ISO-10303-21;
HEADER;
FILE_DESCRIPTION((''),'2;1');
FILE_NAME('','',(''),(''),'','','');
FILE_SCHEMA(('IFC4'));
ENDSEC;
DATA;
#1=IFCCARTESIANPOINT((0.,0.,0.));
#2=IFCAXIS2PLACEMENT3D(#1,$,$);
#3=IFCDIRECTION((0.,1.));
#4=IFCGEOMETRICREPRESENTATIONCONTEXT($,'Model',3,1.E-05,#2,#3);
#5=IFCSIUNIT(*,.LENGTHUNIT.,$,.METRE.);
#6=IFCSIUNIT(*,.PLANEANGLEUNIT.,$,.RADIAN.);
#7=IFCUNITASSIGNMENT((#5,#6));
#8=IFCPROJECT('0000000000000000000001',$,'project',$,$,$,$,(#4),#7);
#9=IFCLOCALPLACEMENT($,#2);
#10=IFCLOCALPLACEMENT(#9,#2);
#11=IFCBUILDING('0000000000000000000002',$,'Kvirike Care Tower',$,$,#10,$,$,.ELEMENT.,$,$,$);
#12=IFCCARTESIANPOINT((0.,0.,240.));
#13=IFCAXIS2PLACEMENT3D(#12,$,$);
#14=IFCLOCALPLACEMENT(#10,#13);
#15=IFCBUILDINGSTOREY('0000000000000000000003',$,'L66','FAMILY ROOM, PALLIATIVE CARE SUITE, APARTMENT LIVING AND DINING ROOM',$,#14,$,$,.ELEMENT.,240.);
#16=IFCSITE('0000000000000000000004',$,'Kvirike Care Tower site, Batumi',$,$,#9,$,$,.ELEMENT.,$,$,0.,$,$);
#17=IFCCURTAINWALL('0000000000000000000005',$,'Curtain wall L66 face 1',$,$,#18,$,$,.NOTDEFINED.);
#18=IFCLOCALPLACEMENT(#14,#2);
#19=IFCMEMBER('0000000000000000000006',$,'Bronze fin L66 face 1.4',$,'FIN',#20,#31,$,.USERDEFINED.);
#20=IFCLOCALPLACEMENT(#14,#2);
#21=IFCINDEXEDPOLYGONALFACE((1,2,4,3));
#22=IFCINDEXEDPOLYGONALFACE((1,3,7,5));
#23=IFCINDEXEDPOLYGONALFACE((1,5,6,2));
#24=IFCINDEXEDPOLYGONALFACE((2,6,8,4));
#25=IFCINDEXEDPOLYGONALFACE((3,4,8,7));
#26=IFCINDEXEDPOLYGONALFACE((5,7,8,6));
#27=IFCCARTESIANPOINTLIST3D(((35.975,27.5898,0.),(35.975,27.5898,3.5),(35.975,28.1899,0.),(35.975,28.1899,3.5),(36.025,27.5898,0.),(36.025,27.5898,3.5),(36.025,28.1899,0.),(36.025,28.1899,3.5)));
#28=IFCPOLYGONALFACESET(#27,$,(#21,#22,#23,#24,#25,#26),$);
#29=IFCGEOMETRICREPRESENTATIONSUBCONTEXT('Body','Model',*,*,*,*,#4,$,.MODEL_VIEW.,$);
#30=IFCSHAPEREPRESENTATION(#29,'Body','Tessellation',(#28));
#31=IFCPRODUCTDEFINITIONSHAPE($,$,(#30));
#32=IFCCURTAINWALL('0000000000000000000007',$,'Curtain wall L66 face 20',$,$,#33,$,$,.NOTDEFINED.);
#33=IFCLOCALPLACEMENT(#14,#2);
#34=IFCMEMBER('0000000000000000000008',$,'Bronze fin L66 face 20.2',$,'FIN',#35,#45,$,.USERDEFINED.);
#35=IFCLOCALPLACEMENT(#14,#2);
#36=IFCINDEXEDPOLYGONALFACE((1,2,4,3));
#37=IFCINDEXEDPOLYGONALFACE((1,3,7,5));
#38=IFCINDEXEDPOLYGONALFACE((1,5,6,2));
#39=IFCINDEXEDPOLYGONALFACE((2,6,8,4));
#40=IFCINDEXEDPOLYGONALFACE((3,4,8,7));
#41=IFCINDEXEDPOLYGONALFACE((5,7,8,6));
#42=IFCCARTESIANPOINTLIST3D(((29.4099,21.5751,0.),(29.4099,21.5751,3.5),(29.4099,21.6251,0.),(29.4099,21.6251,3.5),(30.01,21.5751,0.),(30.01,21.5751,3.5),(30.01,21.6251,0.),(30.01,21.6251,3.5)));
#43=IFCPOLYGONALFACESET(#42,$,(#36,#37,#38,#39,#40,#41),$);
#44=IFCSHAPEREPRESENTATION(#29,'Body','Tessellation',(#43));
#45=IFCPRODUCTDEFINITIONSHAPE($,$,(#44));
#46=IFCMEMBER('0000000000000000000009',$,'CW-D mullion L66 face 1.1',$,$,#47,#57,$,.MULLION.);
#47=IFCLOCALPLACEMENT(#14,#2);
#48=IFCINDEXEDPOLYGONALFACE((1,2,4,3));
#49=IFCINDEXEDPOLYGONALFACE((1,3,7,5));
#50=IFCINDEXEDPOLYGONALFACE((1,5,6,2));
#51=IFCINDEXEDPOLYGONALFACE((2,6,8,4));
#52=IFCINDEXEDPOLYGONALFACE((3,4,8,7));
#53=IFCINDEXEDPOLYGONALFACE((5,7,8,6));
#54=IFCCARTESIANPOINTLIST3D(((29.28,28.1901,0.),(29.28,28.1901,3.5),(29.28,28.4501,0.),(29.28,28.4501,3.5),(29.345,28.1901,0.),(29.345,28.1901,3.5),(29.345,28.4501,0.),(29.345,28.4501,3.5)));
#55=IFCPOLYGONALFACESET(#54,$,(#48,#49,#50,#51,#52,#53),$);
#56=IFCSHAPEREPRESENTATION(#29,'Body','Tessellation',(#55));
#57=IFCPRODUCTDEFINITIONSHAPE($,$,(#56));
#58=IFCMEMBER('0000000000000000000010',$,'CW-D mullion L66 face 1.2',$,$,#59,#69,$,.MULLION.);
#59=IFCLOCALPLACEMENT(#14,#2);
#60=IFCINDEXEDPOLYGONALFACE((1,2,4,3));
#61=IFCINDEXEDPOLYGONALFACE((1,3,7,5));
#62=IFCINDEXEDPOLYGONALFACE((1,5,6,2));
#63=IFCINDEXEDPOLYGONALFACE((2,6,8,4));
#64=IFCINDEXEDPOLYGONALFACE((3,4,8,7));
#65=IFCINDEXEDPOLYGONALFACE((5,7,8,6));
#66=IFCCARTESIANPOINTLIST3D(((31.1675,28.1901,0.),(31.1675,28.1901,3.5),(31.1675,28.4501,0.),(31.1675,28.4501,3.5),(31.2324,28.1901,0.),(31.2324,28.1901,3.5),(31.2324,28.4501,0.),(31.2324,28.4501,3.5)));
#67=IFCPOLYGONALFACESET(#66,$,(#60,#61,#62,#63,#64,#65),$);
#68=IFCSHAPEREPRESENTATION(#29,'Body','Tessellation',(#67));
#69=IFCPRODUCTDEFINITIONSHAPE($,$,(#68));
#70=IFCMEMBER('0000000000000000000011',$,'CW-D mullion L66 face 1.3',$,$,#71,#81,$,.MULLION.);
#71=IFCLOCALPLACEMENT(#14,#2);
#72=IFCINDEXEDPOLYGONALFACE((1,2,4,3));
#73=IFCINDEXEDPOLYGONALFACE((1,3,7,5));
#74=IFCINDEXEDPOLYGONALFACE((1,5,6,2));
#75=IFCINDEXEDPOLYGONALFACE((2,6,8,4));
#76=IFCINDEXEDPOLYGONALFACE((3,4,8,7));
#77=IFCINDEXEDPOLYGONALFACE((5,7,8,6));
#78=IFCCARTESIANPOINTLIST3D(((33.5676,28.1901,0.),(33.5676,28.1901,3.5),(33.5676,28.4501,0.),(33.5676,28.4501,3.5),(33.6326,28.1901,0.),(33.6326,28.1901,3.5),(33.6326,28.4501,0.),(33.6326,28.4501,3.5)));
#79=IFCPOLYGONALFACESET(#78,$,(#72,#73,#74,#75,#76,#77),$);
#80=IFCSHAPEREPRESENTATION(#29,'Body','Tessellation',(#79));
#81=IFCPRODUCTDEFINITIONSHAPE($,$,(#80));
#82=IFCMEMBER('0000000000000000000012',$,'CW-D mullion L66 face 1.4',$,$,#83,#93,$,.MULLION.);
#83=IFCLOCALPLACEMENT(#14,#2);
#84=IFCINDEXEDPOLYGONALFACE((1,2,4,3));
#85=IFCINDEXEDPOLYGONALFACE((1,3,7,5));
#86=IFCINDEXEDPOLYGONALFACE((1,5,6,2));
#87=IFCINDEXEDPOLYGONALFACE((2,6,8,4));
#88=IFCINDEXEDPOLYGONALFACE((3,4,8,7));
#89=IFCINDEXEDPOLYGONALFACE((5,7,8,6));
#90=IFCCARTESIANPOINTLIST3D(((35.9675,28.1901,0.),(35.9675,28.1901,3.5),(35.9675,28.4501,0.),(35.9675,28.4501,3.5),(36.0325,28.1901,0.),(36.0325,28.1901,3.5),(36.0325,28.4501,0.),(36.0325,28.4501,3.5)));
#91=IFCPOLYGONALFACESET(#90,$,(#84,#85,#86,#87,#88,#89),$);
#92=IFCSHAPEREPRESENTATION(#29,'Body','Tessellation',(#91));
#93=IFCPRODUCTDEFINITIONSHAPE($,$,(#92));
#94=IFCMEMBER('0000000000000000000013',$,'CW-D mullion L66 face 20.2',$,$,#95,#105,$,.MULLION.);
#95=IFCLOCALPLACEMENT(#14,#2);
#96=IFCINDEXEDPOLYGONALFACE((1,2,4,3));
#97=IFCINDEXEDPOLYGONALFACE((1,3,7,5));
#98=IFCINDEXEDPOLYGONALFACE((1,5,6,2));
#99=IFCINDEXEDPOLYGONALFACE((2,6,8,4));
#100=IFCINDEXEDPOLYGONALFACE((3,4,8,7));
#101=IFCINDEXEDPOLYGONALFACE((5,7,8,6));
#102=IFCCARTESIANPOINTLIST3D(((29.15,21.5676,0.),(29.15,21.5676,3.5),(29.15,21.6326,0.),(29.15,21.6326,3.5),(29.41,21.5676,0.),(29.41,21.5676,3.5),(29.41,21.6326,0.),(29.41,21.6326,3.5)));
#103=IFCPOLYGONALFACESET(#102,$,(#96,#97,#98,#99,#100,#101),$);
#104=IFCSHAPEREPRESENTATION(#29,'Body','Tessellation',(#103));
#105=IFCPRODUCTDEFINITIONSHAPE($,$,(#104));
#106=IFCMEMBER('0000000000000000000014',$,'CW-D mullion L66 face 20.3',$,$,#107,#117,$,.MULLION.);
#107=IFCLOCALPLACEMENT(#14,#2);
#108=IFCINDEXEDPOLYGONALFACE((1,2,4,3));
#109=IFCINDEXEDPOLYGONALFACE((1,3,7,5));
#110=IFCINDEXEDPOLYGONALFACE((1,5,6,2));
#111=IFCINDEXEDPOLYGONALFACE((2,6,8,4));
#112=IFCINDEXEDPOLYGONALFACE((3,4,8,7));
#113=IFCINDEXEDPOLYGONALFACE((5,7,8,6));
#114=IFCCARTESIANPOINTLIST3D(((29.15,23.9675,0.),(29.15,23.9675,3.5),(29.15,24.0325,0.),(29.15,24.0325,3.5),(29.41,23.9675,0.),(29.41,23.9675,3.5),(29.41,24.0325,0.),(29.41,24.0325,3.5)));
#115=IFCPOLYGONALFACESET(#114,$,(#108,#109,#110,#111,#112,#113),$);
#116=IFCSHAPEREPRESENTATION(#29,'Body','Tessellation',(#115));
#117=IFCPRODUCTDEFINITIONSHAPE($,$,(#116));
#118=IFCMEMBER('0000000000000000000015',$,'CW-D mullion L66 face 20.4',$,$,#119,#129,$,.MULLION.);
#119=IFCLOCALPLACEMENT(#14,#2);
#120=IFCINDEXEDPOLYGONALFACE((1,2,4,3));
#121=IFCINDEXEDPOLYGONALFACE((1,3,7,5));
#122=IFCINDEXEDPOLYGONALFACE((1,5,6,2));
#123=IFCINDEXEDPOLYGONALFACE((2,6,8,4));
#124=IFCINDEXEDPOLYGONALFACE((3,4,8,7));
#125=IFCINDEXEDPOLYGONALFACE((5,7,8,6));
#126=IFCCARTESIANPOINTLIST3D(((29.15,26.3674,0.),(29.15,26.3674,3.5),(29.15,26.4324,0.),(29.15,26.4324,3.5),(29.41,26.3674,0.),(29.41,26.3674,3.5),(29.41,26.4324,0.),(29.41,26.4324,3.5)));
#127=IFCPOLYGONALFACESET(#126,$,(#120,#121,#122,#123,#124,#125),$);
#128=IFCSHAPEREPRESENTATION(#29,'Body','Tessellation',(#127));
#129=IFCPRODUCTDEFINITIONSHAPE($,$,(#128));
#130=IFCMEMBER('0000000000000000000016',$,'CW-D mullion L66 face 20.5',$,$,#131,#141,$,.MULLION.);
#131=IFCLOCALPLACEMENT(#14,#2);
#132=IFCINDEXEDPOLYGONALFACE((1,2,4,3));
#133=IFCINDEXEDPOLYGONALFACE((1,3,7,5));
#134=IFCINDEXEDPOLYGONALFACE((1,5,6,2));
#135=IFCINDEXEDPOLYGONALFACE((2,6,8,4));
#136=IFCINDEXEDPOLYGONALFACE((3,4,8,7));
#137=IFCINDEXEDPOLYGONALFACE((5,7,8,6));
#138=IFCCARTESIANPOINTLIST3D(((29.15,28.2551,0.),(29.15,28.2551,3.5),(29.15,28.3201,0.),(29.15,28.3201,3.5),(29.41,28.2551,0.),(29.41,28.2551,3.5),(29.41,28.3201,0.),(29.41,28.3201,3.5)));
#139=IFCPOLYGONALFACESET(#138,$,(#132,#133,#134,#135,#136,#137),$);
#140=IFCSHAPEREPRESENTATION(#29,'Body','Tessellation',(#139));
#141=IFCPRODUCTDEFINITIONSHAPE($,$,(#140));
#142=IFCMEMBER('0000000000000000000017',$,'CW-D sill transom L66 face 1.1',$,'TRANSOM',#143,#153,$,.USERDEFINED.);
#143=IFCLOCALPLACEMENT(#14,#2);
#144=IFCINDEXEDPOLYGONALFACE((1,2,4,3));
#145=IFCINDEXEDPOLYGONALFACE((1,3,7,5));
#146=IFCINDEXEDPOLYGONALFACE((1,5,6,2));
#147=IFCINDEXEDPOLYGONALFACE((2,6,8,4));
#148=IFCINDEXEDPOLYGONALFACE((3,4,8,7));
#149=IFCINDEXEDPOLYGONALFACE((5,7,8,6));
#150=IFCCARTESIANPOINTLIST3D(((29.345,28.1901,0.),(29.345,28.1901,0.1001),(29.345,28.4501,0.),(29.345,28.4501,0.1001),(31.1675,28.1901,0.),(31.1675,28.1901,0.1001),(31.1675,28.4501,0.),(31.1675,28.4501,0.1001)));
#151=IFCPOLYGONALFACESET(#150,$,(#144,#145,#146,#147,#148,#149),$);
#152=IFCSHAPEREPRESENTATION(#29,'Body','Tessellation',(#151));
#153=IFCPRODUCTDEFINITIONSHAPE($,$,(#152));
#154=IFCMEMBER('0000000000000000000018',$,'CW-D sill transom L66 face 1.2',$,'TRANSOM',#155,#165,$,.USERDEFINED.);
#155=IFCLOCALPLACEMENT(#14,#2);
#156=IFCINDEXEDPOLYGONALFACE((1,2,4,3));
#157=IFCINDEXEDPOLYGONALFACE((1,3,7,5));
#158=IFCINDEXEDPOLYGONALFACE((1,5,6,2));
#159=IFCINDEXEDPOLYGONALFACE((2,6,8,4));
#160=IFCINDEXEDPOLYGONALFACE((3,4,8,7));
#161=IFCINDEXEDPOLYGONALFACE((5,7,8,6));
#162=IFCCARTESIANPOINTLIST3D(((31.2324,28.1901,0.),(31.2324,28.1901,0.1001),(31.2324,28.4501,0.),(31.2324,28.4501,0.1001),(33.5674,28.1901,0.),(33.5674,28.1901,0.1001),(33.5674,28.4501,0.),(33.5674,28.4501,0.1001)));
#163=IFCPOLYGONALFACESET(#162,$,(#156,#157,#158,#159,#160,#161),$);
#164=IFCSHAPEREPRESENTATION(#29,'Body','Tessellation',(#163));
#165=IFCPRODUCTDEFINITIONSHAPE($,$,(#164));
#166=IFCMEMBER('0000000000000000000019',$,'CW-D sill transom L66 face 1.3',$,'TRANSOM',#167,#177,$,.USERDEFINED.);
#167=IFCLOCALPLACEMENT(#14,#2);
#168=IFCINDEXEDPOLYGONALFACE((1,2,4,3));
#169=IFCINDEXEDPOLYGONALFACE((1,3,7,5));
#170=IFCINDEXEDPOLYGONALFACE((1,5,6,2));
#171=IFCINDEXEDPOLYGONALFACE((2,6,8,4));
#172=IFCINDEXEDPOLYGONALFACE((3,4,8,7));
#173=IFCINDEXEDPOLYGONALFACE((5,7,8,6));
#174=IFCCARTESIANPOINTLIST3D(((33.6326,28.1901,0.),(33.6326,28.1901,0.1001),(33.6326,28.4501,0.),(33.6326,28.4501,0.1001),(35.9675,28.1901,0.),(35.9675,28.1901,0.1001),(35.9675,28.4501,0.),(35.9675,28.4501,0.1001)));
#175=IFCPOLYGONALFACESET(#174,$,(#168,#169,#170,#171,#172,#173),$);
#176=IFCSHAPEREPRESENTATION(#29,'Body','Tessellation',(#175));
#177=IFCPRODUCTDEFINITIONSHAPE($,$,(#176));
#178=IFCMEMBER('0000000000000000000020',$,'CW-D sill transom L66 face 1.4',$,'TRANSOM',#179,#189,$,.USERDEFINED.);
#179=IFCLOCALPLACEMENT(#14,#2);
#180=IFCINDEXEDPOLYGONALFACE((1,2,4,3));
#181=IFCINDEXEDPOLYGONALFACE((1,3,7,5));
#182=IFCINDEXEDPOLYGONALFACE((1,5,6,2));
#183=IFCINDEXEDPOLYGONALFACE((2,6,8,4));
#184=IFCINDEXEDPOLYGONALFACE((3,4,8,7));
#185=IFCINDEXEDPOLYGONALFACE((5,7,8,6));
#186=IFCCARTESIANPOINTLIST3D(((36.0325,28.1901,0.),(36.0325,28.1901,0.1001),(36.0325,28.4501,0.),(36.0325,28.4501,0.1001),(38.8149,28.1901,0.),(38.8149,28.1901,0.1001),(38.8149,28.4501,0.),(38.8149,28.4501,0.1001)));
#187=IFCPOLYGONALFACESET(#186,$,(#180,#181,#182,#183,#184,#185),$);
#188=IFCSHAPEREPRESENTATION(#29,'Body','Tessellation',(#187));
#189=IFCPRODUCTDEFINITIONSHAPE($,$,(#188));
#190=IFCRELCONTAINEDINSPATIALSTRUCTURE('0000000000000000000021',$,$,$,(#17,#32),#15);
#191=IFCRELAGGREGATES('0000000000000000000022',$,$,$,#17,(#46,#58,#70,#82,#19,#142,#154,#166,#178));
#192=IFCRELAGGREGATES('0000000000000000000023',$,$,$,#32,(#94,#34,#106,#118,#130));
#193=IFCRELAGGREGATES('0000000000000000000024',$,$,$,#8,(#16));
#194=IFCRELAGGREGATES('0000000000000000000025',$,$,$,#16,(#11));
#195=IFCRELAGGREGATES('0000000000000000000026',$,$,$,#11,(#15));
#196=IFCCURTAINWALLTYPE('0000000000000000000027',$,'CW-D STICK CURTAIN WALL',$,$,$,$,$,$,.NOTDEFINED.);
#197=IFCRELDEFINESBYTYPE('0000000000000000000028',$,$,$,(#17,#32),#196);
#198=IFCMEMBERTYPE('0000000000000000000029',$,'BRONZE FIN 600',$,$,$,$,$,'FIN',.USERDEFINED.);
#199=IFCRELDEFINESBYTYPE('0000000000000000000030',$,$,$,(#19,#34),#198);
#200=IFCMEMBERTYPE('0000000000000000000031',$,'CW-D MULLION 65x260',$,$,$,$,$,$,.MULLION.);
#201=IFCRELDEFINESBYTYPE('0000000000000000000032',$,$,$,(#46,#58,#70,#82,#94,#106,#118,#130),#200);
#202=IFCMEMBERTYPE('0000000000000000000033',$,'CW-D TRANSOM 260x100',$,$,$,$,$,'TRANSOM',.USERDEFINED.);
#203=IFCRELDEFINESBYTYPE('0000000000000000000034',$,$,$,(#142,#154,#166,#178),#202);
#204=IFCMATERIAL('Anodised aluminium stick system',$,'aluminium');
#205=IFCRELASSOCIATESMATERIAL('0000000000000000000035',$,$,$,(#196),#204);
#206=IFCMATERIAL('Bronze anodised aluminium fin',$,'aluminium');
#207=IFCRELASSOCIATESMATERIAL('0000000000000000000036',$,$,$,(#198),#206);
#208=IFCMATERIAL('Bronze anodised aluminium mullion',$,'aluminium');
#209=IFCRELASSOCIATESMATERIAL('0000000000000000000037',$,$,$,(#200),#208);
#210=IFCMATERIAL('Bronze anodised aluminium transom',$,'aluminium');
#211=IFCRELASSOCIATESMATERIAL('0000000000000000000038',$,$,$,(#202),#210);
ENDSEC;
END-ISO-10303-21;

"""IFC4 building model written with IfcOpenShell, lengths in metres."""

from ifc_helpers import new_model, si_unit, direction, frame, origin, origin_2d, place, context, subcontext, project, spatial, rectangle, extrude, material, material_profile, profile_set, type_object, element, aggregate, save


model = new_model("IFC4")

# Units and contexts
model_context = context("Model", 3, precision=1e-05, world=origin(), true_north=direction((0.0, 1.0)))
body_context = subcontext(model_context, "Body", "Model", "MODEL_VIEW")
ifc_project = project(units=[si_unit("LENGTHUNIT", "METRE"), si_unit("PLANEANGLEUNIT", "RADIAN")], contexts=[model_context])

# Site, building, storey
site_placement = place(None, origin())
site = spatial("IfcSite", under=ifc_project, at=site_placement, Name="Kvirike Care Tower site, Batumi", CompositionType="ELEMENT", RefElevation=0.0)
building_placement = place(site_placement, origin())
building = spatial("IfcBuilding", under=site, at=building_placement, Name="Kvirike Care Tower", CompositionType="ELEMENT")
storey_placement = place(building_placement, frame((0.0, 0.0, 240.0)))
storey = spatial("IfcBuildingStorey", under=building, at=storey_placement, Name="L66", Description="FAMILY ROOM, PALLIATIVE CARE SUITE, APARTMENT LIVING AND DINING ROOM", CompositionType="ELEMENT", Elevation=240.0)

# Curtain walls, members
ifc_material_1 = material(Name="Anodised aluminium stick system", Category="aluminium")
curtain_wall_type = type_object("IfcCurtainWallType", Name="CW-D STICK CURTAIN WALL", PredefinedType="NOTDEFINED", material=ifc_material_1)
curtain_wall_1_placement = place(storey_placement, origin())
curtain_wall_1 = element("IfcCurtainWall", 1, at=curtain_wall_1_placement, inside=storey, type_object=curtain_wall_type, Name="Curtain wall L66 face 1", PredefinedType="NOTDEFINED")
ifc_material_2 = material(Name="Bronze anodised aluminium fin", Category="aluminium")
ifc_material_profile_1 = material_profile(ifc_material_2, rectangle(XDim=0.05, YDim=0.6001, at=origin_2d()), Name="BRONZE FIN 600")
ifc_profile_set_1 = profile_set([ifc_material_profile_1], Name="Bronze anodised aluminium fin")
member_type_1 = type_object("IfcMemberType", Name="BRONZE FIN 600", ElementType="FIN", PredefinedType="USERDEFINED", material=ifc_profile_set_1)
member_1_placement = place(storey_placement, frame((36.0, 27.8899, 0.0), z_axis=(0.0, 0.0, 1.0), x_axis=(1.0, 0.0, 0.0)))
member_1 = element("IfcMember", 2, at=member_1_placement, type_object=member_type_1, Name="Bronze fin L66 face 1.4", ObjectType="FIN", PredefinedType="USERDEFINED", context=body_context, shape_type="SweptSolid", body=[
    extrude(rectangle(XDim=0.05, YDim=0.6001, at=origin_2d()), origin(), (0.0, 0.0, 1.0), 3.5),
])
curtain_wall_2_placement = place(storey_placement, origin())
curtain_wall_2 = element("IfcCurtainWall", 3, at=curtain_wall_2_placement, inside=storey, type_object=curtain_wall_type, Name="Curtain wall L66 face 20", PredefinedType="NOTDEFINED")
member_2_placement = place(storey_placement, frame((29.71, 21.6001, 0.0), z_axis=(0.0, 0.0, 1.0), x_axis=(0.0, 1.0, 0.0)))
member_2 = element("IfcMember", 4, at=member_2_placement, type_object=member_type_1, Name="Bronze fin L66 face 20.2", ObjectType="FIN", PredefinedType="USERDEFINED", context=body_context, shape_type="SweptSolid", body=[
    extrude(rectangle(XDim=0.05, YDim=0.6001, at=origin_2d()), origin(), (0.0, 0.0, 1.0), 3.5),
])

# Members
ifc_material_3 = material(Name="Bronze anodised aluminium mullion", Category="aluminium")
ifc_material_profile_2 = material_profile(ifc_material_3, rectangle(XDim=0.0649, YDim=0.26, at=origin_2d()), Name="CW-D MULLION 65x260")
ifc_profile_set_2 = profile_set([ifc_material_profile_2], Name="Bronze anodised aluminium mullion")
member_type_2 = type_object("IfcMemberType", Name="CW-D MULLION 65x260", PredefinedType="MULLION", material=ifc_profile_set_2)
member_3_placement = place(storey_placement, frame((29.3125, 28.3201, 0.0), z_axis=(0.0, 0.0, 1.0), x_axis=(1.0, 0.0, 0.0)))
member_3 = element("IfcMember", 5, at=member_3_placement, type_object=member_type_2, Name="CW-D mullion L66 face 1.1", PredefinedType="MULLION", context=body_context, shape_type="SweptSolid", body=[
    extrude(rectangle(XDim=0.0649, YDim=0.26, at=origin_2d()), origin(), (0.0, 0.0, 1.0), 3.5),
])
member_4_placement = place(storey_placement, frame((31.2, 28.3201, 0.0), z_axis=(0.0, 0.0, 1.0), x_axis=(1.0, 0.0, 0.0)))
member_4 = element("IfcMember", 6, at=member_4_placement, type_object=member_type_2, Name="CW-D mullion L66 face 1.2", PredefinedType="MULLION", context=body_context, shape_type="SweptSolid", body=[
    extrude(rectangle(XDim=0.0649, YDim=0.26, at=origin_2d()), origin(), (0.0, 0.0, 1.0), 3.5),
])
member_5_placement = place(storey_placement, frame((33.6001, 28.3201, 0.0), z_axis=(0.0, 0.0, 1.0), x_axis=(1.0, 0.0, 0.0)))
member_5 = element("IfcMember", 7, at=member_5_placement, type_object=member_type_2, Name="CW-D mullion L66 face 1.3", PredefinedType="MULLION", context=body_context, shape_type="SweptSolid", body=[
    extrude(rectangle(XDim=0.0649, YDim=0.26, at=origin_2d()), origin(), (0.0, 0.0, 1.0), 3.5),
])
member_6_placement = place(storey_placement, frame((36.0, 28.3201, 0.0), z_axis=(0.0, 0.0, 1.0), x_axis=(1.0, 0.0, 0.0)))
member_6 = element("IfcMember", 8, at=member_6_placement, type_object=member_type_2, Name="CW-D mullion L66 face 1.4", PredefinedType="MULLION", context=body_context, shape_type="SweptSolid", body=[
    extrude(rectangle(XDim=0.0649, YDim=0.26, at=origin_2d()), origin(), (0.0, 0.0, 1.0), 3.5),
])
member_7_placement = place(storey_placement, frame((29.28, 21.6001, 0.0), z_axis=(0.0, 0.0, 1.0), x_axis=(0.0, 1.0, 0.0)))
member_7 = element("IfcMember", 9, at=member_7_placement, type_object=member_type_2, Name="CW-D mullion L66 face 20.2", PredefinedType="MULLION", context=body_context, shape_type="SweptSolid", body=[
    extrude(rectangle(XDim=0.0649, YDim=0.26, at=origin_2d()), origin(), (0.0, 0.0, 1.0), 3.5),
])
member_8_placement = place(storey_placement, frame((29.28, 24.0, 0.0), z_axis=(0.0, 0.0, 1.0), x_axis=(0.0, 1.0, 0.0)))
member_8 = element("IfcMember", 10, at=member_8_placement, type_object=member_type_2, Name="CW-D mullion L66 face 20.3", PredefinedType="MULLION", context=body_context, shape_type="SweptSolid", body=[
    extrude(rectangle(XDim=0.0649, YDim=0.26, at=origin_2d()), origin(), (0.0, 0.0, 1.0), 3.5),
])
member_9_placement = place(storey_placement, frame((29.28, 26.3999, 0.0), z_axis=(0.0, 0.0, 1.0), x_axis=(0.0, 1.0, 0.0)))
member_9 = element("IfcMember", 11, at=member_9_placement, type_object=member_type_2, Name="CW-D mullion L66 face 20.4", PredefinedType="MULLION", context=body_context, shape_type="SweptSolid", body=[
    extrude(rectangle(XDim=0.0649, YDim=0.26, at=origin_2d()), origin(), (0.0, 0.0, 1.0), 3.5),
])
member_10_placement = place(storey_placement, frame((29.28, 28.2876, 0.0), z_axis=(0.0, 0.0, 1.0), x_axis=(0.0, 1.0, 0.0)))
member_10 = element("IfcMember", 12, at=member_10_placement, type_object=member_type_2, Name="CW-D mullion L66 face 20.5", PredefinedType="MULLION", context=body_context, shape_type="SweptSolid", body=[
    extrude(rectangle(XDim=0.0649, YDim=0.26, at=origin_2d()), origin(), (0.0, 0.0, 1.0), 3.5),
])
ifc_material_4 = material(Name="Bronze anodised aluminium transom", Category="aluminium")
ifc_material_profile_3 = material_profile(ifc_material_4, rectangle(XDim=0.26, YDim=0.1001, at=origin_2d()), Name="CW-D TRANSOM 260x100")
ifc_profile_set_3 = profile_set([ifc_material_profile_3], Name="Bronze anodised aluminium transom")
member_type_3 = type_object("IfcMemberType", Name="CW-D TRANSOM 260x100", ElementType="TRANSOM", PredefinedType="USERDEFINED", material=ifc_profile_set_3)
member_11_placement = place(storey_placement, frame((29.345, 28.3201, 0.05), z_axis=(1.0, 0.0, 0.0), x_axis=(0.0, 1.0, 0.0)))
member_11 = element("IfcMember", 13, at=member_11_placement, type_object=member_type_3, Name="CW-D sill transom L66 face 1.1", ObjectType="TRANSOM", PredefinedType="USERDEFINED", context=body_context, shape_type="SweptSolid", body=[
    extrude(rectangle(XDim=0.26, YDim=0.1001, at=origin_2d()), origin(), (0.0, 0.0, 1.0), 1.8225),
])
member_12_placement = place(storey_placement, frame((31.2324, 28.3201, 0.05), z_axis=(1.0, 0.0, 0.0), x_axis=(0.0, 1.0, 0.0)))
member_12 = element("IfcMember", 14, at=member_12_placement, type_object=member_type_3, Name="CW-D sill transom L66 face 1.2", ObjectType="TRANSOM", PredefinedType="USERDEFINED", context=body_context, shape_type="SweptSolid", body=[
    extrude(rectangle(XDim=0.26, YDim=0.1001, at=origin_2d()), origin(), (0.0, 0.0, 1.0), 2.335),
])
member_13_placement = place(storey_placement, frame((33.6326, 28.3201, 0.05), z_axis=(1.0, 0.0, 0.0), x_axis=(0.0, 1.0, 0.0)))
member_13 = element("IfcMember", 15, at=member_13_placement, type_object=member_type_3, Name="CW-D sill transom L66 face 1.3", ObjectType="TRANSOM", PredefinedType="USERDEFINED", context=body_context, shape_type="SweptSolid", body=[
    extrude(rectangle(XDim=0.26, YDim=0.1001, at=origin_2d()), origin(), (0.0, 0.0, 1.0), 2.335),
])
member_14_placement = place(storey_placement, frame((36.0325, 28.3201, 0.05), z_axis=(1.0, 0.0, 0.0), x_axis=(0.0, 1.0, 0.0)))
member_14 = element("IfcMember", 16, at=member_14_placement, type_object=member_type_3, Name="CW-D sill transom L66 face 1.4", ObjectType="TRANSOM", PredefinedType="USERDEFINED", context=body_context, shape_type="SweptSolid", body=[
    extrude(rectangle(XDim=0.26, YDim=0.1001, at=origin_2d()), origin(), (0.0, 0.0, 1.0), 2.7825),
])

aggregate(curtain_wall_1, [member_3, member_4, member_5, member_6, member_1, member_11, member_12, member_13, member_14])
aggregate(curtain_wall_2, [member_7, member_2, member_8, member_9, member_10])

save(model, "model.ifc")
